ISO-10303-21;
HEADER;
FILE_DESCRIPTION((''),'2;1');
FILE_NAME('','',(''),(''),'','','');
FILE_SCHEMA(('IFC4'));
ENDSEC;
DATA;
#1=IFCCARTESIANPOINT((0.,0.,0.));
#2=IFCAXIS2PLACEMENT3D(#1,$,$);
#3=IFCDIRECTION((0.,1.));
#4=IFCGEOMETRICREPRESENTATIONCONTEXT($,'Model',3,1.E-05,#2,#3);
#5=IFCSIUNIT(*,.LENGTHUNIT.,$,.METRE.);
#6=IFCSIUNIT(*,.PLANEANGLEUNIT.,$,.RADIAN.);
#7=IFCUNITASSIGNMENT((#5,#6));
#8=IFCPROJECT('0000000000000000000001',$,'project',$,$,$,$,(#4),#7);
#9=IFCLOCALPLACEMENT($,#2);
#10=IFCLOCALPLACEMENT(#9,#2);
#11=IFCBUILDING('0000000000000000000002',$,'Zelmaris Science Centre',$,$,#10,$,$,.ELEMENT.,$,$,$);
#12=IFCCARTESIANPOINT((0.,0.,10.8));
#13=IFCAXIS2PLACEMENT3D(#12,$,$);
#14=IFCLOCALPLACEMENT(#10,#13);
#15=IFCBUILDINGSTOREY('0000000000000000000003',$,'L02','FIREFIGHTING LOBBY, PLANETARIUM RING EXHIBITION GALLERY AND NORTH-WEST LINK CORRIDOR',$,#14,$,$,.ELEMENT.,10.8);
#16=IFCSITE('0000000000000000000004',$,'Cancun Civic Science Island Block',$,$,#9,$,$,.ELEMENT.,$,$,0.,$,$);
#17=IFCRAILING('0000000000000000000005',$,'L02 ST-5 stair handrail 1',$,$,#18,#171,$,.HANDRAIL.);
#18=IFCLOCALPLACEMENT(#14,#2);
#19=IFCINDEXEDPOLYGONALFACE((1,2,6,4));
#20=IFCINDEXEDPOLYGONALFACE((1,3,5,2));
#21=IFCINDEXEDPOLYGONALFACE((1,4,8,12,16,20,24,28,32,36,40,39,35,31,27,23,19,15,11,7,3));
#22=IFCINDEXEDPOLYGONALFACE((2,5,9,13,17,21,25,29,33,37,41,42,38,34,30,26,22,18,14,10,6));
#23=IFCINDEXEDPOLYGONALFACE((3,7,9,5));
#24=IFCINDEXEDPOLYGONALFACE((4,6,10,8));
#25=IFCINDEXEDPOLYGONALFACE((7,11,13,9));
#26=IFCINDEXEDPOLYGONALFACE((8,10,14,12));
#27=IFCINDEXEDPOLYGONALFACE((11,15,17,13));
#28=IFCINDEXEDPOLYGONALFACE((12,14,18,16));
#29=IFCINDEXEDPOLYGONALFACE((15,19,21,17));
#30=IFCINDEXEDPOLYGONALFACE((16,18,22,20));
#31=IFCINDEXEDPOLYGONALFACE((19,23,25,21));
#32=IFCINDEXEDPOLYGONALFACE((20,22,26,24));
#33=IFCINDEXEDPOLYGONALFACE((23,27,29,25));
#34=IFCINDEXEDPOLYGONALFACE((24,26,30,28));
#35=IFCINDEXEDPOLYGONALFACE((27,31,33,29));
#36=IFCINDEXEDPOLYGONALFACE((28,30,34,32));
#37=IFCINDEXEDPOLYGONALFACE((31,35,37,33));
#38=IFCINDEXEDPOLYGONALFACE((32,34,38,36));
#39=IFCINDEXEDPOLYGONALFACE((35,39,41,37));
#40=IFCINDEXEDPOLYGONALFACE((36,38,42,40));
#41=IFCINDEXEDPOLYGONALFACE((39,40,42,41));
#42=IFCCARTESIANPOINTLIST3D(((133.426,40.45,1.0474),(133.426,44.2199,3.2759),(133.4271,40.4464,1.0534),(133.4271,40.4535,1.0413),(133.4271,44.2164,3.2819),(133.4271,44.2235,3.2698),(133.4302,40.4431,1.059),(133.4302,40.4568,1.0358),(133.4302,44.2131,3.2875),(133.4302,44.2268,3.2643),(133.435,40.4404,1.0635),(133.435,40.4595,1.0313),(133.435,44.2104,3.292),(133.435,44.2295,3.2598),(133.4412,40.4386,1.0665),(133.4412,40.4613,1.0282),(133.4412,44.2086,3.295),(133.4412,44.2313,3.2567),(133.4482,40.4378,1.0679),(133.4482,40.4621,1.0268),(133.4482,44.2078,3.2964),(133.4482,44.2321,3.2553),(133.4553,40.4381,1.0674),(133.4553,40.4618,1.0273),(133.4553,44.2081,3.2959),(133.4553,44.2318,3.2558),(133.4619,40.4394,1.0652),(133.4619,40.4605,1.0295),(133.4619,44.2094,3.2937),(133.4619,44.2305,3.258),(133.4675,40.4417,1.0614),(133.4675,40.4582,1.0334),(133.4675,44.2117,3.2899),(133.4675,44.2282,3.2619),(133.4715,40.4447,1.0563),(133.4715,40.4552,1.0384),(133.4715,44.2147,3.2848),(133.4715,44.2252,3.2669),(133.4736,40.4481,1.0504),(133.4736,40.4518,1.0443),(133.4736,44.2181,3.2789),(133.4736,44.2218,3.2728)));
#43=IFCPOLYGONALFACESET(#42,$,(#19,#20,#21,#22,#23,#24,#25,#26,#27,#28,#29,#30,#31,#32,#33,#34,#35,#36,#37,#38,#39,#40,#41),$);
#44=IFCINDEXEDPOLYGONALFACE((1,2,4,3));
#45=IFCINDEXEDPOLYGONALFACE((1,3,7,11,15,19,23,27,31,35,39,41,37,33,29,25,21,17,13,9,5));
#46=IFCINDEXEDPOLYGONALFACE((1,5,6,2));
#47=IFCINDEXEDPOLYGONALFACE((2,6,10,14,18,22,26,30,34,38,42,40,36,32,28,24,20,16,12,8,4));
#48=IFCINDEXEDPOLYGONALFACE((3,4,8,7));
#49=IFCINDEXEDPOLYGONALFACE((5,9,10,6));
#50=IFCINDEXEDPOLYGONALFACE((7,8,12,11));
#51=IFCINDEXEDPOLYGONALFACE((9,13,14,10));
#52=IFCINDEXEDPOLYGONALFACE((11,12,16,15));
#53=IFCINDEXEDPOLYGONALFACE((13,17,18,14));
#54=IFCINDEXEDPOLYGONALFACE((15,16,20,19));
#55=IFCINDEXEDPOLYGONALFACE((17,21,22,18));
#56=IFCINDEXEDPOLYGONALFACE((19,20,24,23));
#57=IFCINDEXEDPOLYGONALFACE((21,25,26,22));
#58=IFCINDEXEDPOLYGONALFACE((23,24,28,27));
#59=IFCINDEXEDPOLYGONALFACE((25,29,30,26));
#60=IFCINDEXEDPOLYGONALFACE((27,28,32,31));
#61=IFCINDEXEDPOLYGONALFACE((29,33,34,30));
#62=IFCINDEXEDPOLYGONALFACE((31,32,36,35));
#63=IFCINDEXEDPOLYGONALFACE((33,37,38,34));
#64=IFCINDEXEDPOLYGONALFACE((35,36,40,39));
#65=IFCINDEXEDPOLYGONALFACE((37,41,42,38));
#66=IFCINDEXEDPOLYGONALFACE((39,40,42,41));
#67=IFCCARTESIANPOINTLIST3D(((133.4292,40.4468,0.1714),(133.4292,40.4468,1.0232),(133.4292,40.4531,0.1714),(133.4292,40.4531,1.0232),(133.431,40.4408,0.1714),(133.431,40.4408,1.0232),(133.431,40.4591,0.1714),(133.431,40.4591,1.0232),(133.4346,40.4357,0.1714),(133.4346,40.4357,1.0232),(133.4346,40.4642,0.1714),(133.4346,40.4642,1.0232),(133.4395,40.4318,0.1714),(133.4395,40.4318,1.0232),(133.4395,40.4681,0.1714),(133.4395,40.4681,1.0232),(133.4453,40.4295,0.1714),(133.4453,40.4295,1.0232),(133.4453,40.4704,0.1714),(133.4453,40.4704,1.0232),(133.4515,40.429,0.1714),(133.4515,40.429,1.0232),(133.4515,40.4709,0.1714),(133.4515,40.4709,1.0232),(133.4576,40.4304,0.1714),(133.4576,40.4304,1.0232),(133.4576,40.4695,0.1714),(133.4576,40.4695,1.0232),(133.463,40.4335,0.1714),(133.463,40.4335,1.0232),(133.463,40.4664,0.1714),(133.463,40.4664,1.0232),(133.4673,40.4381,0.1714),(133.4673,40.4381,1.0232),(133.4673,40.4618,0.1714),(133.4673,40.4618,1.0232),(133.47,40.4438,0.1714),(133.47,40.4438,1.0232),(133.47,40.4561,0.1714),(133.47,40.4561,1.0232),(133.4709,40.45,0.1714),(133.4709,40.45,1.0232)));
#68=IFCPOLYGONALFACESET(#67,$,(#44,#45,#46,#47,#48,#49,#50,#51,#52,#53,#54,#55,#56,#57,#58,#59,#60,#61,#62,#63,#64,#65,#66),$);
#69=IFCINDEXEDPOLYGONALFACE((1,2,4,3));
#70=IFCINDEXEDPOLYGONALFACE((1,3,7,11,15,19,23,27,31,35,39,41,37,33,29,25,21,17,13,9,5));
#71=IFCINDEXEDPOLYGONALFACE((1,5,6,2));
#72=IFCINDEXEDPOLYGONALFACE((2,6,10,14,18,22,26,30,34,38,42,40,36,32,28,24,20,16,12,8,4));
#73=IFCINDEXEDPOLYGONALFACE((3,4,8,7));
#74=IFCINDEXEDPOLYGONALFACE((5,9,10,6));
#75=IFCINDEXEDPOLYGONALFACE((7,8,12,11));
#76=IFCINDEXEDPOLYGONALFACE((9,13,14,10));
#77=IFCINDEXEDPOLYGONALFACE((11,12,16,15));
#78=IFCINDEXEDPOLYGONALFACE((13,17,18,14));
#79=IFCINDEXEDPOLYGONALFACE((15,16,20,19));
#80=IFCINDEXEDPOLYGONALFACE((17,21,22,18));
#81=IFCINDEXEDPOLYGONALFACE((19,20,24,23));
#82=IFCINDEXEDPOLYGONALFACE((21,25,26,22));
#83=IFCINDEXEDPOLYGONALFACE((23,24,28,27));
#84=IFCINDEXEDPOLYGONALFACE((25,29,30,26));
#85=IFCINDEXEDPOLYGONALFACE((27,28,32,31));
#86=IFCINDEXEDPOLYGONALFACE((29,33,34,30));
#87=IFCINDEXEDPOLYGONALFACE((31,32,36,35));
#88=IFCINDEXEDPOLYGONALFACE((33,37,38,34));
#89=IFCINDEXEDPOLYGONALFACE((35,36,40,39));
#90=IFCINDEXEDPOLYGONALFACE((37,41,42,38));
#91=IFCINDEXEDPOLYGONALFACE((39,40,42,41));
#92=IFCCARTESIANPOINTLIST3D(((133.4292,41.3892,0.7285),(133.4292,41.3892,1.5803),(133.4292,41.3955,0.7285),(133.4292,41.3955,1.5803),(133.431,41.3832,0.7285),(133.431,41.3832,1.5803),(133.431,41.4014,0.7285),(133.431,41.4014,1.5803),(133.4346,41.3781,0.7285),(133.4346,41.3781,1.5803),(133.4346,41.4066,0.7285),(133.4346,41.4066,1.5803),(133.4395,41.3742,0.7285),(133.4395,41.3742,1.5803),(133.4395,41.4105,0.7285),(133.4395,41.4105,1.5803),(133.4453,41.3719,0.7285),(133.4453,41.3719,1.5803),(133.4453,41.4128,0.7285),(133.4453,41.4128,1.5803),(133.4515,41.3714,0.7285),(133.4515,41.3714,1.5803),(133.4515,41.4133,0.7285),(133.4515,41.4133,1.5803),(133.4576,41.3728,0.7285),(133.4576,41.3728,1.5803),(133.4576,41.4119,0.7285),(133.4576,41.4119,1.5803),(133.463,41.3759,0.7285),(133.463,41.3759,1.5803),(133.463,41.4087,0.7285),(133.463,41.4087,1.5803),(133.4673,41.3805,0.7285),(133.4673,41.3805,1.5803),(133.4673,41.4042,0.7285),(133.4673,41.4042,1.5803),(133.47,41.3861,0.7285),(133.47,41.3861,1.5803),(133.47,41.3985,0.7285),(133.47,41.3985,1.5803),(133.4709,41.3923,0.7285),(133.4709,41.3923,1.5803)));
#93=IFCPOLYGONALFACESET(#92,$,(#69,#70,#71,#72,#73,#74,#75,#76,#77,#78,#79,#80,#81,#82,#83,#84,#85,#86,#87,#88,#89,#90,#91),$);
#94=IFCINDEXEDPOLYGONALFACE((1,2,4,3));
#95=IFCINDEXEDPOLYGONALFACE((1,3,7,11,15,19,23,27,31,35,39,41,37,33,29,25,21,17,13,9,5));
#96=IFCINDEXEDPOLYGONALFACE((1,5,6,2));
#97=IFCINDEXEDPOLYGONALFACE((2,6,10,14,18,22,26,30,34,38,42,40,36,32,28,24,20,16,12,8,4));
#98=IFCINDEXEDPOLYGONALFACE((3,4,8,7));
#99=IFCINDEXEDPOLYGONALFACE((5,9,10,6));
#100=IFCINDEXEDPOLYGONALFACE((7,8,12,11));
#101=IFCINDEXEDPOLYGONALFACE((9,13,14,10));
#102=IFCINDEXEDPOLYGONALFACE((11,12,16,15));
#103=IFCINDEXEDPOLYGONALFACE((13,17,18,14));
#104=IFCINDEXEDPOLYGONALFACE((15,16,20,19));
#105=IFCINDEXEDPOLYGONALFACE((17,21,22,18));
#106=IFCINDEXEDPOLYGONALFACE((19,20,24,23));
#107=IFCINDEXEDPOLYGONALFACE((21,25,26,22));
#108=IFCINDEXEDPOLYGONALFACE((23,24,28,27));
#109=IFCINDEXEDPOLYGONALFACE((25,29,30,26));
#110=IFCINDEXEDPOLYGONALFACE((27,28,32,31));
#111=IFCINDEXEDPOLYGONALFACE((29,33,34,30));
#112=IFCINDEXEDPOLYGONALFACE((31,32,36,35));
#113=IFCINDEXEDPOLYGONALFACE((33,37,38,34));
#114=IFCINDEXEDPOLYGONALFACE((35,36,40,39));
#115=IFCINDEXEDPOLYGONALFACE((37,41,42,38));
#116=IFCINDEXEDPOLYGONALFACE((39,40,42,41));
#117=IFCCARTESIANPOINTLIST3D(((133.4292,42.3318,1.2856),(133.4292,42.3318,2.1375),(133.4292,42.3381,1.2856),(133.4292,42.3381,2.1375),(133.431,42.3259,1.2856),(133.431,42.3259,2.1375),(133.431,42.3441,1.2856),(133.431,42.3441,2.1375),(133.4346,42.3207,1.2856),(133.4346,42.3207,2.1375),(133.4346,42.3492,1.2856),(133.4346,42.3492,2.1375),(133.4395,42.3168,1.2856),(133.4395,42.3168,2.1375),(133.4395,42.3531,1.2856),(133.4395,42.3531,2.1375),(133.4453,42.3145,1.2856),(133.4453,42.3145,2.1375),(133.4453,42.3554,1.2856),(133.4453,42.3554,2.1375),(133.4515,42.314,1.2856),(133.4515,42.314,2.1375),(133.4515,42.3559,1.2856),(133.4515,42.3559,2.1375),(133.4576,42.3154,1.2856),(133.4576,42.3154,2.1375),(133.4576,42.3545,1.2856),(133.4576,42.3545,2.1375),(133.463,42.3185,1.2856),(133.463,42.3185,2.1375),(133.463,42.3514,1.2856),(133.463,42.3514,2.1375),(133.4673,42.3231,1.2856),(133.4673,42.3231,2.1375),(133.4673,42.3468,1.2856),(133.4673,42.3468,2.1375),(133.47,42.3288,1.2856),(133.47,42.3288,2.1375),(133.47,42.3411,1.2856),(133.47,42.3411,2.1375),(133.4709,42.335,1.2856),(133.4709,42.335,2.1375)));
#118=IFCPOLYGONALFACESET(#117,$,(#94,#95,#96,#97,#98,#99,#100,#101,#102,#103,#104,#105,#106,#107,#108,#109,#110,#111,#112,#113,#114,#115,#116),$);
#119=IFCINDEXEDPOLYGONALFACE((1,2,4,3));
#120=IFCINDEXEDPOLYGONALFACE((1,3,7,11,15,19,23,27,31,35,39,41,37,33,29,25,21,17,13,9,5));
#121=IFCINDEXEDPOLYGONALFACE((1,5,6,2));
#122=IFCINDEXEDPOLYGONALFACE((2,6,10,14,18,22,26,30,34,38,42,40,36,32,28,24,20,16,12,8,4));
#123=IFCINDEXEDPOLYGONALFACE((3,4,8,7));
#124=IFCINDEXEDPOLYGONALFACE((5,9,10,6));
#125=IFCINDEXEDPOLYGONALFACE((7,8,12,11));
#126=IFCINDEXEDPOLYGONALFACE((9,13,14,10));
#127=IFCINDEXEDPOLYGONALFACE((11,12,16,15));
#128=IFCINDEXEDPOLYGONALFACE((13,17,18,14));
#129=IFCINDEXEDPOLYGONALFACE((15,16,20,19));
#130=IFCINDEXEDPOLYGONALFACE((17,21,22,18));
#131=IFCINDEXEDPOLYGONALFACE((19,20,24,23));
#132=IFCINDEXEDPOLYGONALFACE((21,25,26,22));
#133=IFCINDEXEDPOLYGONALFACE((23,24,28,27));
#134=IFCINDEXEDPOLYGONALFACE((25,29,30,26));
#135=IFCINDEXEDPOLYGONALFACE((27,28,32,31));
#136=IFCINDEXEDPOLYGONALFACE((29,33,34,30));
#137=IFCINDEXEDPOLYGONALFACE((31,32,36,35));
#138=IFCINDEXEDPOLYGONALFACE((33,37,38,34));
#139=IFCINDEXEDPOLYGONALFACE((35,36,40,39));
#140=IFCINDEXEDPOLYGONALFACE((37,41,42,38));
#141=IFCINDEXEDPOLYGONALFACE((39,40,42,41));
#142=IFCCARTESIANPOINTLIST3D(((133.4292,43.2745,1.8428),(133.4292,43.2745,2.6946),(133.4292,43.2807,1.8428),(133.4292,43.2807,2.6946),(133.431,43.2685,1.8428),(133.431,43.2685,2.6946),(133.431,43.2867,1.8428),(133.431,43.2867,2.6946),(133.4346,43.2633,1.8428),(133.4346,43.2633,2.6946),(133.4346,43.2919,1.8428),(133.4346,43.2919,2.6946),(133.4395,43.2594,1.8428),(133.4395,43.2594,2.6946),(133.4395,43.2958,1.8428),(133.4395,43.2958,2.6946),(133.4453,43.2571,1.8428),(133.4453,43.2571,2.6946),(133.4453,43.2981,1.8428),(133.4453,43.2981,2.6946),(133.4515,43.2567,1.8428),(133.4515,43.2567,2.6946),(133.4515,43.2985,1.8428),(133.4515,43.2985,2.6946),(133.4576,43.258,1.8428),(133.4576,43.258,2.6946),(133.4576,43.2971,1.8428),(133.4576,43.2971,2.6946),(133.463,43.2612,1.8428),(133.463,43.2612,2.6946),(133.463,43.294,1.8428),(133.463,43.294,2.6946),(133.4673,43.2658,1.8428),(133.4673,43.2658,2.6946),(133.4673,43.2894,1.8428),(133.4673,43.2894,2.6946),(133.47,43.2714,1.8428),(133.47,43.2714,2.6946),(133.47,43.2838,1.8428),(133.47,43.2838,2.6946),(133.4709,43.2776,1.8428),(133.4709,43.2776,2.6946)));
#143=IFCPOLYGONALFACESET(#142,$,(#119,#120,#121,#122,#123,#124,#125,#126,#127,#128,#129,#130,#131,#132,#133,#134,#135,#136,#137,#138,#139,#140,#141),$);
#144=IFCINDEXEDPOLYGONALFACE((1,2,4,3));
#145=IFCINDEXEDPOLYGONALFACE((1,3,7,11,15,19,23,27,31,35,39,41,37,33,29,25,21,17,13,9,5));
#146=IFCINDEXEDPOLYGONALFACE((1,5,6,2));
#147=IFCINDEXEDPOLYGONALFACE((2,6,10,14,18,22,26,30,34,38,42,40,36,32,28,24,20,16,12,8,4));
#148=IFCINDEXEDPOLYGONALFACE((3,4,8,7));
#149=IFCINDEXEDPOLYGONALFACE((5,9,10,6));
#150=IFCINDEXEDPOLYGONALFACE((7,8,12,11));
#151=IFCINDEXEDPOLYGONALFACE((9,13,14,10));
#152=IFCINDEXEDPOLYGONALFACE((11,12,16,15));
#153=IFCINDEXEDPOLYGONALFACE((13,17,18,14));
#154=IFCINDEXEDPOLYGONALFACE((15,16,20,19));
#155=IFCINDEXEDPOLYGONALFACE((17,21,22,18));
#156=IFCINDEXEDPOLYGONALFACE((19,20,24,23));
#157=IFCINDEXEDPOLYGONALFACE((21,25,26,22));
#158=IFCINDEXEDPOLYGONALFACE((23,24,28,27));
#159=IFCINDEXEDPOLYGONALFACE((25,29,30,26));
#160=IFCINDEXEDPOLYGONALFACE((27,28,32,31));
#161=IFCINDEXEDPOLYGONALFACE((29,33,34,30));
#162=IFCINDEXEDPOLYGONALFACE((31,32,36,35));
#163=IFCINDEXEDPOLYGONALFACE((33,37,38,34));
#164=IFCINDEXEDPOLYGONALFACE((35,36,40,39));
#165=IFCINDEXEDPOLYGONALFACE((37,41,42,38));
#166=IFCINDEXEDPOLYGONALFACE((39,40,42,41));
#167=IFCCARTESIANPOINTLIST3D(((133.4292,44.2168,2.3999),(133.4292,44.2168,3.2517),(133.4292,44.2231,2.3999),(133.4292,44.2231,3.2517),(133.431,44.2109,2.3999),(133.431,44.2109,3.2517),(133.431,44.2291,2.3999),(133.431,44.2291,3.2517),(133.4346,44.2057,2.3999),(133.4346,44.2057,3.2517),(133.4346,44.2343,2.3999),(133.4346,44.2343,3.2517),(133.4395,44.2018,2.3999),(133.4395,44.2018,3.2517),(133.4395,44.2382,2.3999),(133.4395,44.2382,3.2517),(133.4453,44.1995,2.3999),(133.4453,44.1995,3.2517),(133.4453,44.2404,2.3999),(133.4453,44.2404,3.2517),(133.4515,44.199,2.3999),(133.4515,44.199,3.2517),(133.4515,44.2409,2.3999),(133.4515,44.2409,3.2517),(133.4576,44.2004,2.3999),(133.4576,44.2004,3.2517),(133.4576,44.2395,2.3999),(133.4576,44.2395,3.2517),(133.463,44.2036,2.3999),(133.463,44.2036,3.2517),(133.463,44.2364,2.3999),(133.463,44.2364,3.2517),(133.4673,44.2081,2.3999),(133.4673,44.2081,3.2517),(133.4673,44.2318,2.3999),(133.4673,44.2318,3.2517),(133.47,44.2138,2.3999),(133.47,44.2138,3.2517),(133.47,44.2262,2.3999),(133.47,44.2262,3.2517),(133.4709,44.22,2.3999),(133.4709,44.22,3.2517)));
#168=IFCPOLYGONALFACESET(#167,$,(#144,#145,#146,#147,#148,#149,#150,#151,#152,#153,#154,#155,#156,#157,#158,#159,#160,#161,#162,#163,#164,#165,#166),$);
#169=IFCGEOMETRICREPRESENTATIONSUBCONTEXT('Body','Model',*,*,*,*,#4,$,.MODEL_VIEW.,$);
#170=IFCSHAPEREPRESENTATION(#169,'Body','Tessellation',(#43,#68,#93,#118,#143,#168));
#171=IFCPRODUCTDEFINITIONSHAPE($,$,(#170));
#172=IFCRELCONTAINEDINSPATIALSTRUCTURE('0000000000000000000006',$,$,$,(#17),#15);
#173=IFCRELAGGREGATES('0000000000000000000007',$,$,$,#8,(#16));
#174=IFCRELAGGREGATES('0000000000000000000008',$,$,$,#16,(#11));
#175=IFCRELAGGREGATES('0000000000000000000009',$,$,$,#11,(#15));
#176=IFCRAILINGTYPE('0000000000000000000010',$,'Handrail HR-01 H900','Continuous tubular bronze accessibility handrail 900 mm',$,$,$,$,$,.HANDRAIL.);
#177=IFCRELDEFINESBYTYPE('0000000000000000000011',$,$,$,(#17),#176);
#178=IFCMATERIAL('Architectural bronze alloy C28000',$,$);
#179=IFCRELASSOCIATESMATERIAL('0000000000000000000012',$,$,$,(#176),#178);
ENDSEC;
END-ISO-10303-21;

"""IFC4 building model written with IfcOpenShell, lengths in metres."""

from ifc_helpers import new_model, si_unit, direction, frame, origin, origin_2d, place, context, subcontext, project, spatial, circle, extrude, material, type_object, element, save


model = new_model("IFC4")

# Units and contexts
model_context = context("Model", 3, precision=1e-05, world=origin(), true_north=direction((0.0, 1.0)))
body_context = subcontext(model_context, "Body", "Model", "MODEL_VIEW")
ifc_project = project(units=[si_unit("LENGTHUNIT", "METRE"), si_unit("PLANEANGLEUNIT", "RADIAN")], contexts=[model_context])

# Site, building, storey
site_placement = place(None, origin())
site = spatial("IfcSite", under=ifc_project, at=site_placement, Name="Cancun Civic Science Island Block", CompositionType="ELEMENT", RefElevation=0.0)
building_placement = place(site_placement, origin())
building = spatial("IfcBuilding", under=site, at=building_placement, Name="Zelmaris Science Centre", CompositionType="ELEMENT")
storey_placement = place(building_placement, frame((0.0, 0.0, 10.8)))
storey = spatial("IfcBuildingStorey", under=building, at=storey_placement, Name="L02", Description="FIREFIGHTING LOBBY, PLANETARIUM RING EXHIBITION GALLERY AND NORTH-WEST LINK CORRIDOR", CompositionType="ELEMENT", Elevation=10.8)

# Railing
ifc_material_1 = material(Name="Architectural bronze alloy C28000")
railing_type = type_object("IfcRailingType", Name="Handrail HR-01 H900", Description="Continuous tubular bronze accessibility handrail 900 mm", PredefinedType="HANDRAIL", material=ifc_material_1)
railing_placement = place(storey_placement, frame((133.45, 40.45, 0.1714)))
element("IfcRailing", 1, at=railing_placement, inside=storey, type_object=railing_type, Name="L02 ST-5 stair handrail 1", PredefinedType="HANDRAIL", context=body_context, shape_type="SweptSolid", body=[
    extrude(circle(Radius=0.0239, at=origin_2d()), frame((0.0, 0.0, 0.876), z_axis=(0.0, 0.860849, 0.508861), x_axis=(-1.0, 0.0, 0.0)), (0.0, 0.0, 1.0), 4.3794),
    extrude(circle(Radius=0.021, at=origin_2d()), origin(), (0.0, 0.0, 1.0), 0.8518),
    extrude(circle(Radius=0.021, at=origin_2d()), frame((0.0, 0.9424, 0.5571)), (0.0, 0.0, 1.0), 0.8518),
    extrude(circle(Radius=0.021, at=origin_2d()), frame((0.0, 1.885, 1.1143)), (0.0, 0.0, 1.0), 0.8518),
    extrude(circle(Radius=0.021, at=origin_2d()), frame((0.0, 2.8276, 1.6714)), (0.0, 0.0, 1.0), 0.8518),
    extrude(circle(Radius=0.021, at=origin_2d()), frame((0.0, 3.77, 2.2285)), (0.0, 0.0, 1.0), 0.8518),
])

save(model, "model.ifc")
